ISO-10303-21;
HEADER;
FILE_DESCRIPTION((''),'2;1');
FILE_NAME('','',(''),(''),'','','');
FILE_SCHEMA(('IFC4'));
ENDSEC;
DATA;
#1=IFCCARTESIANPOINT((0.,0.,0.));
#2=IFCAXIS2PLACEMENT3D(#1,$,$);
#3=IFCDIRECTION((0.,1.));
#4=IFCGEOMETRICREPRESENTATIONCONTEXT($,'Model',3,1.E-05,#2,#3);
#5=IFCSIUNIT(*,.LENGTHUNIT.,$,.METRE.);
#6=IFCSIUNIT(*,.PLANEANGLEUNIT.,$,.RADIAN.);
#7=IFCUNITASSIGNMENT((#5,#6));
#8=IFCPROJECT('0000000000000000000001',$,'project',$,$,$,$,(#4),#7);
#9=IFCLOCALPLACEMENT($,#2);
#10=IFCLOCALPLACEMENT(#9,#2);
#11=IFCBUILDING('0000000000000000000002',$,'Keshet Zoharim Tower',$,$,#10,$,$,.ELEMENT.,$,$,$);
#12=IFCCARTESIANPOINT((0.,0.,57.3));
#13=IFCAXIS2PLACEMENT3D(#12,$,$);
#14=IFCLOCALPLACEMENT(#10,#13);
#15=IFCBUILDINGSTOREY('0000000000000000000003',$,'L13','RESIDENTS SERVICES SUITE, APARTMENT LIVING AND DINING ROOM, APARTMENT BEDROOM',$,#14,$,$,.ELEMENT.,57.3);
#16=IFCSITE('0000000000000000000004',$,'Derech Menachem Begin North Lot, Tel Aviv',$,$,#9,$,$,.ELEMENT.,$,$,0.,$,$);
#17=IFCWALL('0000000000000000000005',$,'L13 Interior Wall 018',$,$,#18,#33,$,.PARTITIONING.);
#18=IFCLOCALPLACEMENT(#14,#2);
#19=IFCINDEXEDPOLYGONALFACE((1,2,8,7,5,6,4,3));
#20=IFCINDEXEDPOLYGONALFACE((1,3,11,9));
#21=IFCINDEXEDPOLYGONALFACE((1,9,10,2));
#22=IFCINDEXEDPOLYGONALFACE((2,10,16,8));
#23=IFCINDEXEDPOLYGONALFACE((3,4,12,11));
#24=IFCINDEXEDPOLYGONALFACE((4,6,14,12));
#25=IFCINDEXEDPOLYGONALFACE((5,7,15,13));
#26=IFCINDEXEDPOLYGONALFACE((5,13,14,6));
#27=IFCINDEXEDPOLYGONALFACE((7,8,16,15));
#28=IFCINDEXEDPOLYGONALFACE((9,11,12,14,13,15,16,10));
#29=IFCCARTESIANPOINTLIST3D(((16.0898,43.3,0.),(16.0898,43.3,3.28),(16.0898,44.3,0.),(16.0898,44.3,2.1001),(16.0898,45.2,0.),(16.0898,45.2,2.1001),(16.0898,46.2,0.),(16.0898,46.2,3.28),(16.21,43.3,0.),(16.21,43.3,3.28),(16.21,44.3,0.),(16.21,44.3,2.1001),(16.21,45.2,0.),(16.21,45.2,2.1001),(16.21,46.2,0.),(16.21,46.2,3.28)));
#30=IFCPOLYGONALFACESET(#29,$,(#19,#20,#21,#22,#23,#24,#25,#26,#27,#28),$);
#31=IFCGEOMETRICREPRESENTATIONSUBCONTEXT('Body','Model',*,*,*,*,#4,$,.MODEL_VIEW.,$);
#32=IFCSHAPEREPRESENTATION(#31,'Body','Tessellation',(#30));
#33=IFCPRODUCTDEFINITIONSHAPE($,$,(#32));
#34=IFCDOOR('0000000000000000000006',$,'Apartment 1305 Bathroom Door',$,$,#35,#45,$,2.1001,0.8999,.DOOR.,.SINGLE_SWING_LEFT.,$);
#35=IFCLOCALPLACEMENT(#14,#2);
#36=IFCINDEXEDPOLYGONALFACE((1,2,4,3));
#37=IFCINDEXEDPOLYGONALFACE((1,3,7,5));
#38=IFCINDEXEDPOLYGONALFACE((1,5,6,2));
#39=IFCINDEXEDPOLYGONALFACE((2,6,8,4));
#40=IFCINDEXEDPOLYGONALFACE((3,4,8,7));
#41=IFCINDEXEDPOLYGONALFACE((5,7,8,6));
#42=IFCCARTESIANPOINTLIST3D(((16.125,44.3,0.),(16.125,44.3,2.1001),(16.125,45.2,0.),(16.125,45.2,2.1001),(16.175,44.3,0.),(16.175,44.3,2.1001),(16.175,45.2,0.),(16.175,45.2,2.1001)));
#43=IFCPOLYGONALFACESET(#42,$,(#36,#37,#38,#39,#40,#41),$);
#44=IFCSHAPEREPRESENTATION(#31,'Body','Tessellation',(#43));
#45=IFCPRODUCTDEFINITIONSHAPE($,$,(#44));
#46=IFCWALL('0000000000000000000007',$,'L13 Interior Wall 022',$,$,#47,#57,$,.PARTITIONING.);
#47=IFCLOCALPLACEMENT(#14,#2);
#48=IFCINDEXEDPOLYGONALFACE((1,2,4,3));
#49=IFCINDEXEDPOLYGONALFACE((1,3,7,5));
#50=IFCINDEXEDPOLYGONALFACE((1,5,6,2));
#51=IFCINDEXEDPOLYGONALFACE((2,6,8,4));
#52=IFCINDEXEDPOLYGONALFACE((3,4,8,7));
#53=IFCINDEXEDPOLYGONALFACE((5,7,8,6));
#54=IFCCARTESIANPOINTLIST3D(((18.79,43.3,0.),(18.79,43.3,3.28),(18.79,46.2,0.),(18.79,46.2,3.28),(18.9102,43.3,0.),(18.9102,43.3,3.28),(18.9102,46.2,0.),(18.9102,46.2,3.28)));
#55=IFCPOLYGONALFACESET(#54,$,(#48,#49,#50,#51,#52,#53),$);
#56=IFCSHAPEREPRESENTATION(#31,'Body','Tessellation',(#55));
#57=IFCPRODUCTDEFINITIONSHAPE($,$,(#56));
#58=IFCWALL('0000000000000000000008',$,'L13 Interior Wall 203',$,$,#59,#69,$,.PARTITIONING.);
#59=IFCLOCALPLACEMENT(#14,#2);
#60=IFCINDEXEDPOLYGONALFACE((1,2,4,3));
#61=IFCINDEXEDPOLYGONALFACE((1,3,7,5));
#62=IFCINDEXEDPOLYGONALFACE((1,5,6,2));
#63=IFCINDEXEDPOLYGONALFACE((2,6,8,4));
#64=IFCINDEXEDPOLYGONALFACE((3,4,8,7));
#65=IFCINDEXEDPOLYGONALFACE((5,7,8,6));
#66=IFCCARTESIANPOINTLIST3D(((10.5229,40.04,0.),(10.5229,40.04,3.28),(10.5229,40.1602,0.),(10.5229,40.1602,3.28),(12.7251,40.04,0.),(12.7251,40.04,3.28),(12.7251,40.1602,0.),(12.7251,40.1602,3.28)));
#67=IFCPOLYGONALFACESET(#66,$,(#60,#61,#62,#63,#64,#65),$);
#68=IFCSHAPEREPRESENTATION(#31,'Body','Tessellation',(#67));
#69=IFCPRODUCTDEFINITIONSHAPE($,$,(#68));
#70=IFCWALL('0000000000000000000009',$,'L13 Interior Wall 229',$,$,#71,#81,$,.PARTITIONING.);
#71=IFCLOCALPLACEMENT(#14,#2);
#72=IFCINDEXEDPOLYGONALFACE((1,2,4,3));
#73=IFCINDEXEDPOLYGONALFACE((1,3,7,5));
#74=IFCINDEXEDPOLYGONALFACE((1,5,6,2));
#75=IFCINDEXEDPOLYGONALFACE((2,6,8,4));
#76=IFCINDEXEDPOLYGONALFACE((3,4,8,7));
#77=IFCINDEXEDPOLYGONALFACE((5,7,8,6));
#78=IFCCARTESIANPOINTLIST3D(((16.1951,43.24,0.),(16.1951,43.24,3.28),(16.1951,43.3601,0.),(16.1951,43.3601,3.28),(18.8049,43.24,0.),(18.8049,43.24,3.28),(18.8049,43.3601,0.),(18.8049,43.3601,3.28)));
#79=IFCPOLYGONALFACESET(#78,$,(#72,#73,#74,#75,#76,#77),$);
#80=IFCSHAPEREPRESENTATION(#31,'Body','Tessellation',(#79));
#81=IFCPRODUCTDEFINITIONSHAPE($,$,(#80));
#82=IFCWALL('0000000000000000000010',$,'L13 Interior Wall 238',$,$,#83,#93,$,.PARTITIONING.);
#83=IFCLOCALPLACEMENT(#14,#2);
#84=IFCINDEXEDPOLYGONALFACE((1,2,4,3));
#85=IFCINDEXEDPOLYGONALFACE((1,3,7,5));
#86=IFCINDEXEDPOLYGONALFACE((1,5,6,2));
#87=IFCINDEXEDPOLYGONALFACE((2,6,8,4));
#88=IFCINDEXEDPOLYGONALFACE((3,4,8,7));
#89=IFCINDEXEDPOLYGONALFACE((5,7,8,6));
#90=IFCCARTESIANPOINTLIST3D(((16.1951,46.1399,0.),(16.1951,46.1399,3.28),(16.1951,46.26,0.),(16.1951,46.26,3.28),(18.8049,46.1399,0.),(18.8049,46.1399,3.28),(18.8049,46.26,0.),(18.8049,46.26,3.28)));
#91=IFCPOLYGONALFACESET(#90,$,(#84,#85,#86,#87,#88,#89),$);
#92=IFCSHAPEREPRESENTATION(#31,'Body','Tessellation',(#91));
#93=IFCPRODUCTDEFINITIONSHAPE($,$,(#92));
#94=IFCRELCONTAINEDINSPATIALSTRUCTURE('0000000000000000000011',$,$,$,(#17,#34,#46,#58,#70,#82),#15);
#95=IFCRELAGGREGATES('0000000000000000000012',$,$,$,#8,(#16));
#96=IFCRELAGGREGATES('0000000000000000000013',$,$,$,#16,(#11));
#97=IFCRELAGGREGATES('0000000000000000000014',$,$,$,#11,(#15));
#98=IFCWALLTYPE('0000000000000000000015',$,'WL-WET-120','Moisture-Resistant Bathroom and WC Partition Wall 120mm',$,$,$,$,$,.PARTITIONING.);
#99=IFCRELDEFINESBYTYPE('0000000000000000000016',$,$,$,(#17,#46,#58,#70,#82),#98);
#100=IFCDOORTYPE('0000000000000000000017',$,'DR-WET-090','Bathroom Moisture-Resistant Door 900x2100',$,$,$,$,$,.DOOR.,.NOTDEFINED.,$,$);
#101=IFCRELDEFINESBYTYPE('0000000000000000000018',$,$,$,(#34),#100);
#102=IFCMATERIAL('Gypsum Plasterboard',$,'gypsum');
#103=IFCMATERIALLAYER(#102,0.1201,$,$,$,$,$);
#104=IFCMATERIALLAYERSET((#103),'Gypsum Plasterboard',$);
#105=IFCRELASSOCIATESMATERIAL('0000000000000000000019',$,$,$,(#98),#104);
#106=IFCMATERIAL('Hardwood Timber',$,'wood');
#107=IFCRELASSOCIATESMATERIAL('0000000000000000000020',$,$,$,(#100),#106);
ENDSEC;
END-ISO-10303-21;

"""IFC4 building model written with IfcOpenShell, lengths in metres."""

from ifc_helpers import new_model, si_unit, direction, frame, frame_2d, origin, place, context, subcontext, project, spatial, rectangle, extrude, material, layer, layer_set, type_object, element, fill, save


model = new_model("IFC4")

# Units and contexts
model_context = context("Model", 3, precision=1e-05, world=origin(), true_north=direction((0.0, 1.0)))
body_context = subcontext(model_context, "Body", "Model", "MODEL_VIEW")
ifc_project = project(units=[si_unit("LENGTHUNIT", "METRE"), si_unit("PLANEANGLEUNIT", "RADIAN")], contexts=[model_context])

# Site, building, storey
site_placement = place(None, origin())
site = spatial("IfcSite", under=ifc_project, at=site_placement, Name="Derech Menachem Begin North Lot, Tel Aviv", CompositionType="ELEMENT", RefElevation=0.0)
building_placement = place(site_placement, origin())
building = spatial("IfcBuilding", under=site, at=building_placement, Name="Keshet Zoharim Tower", CompositionType="ELEMENT")
storey_placement = place(building_placement, frame((0.0, 0.0, 57.3)))
storey = spatial("IfcBuildingStorey", under=building, at=storey_placement, Name="L13", Description="RESIDENTS SERVICES SUITE, APARTMENT LIVING AND DINING ROOM, APARTMENT BEDROOM", CompositionType="ELEMENT", Elevation=57.3)

# Shared definitions
ifc_material_1 = material(Name="Gypsum Plasterboard", Category="gypsum")
ifc_material_2 = material(Name="Hardwood Timber", Category="wood")

# Wall, opening, door
ifc_layer_1 = layer(ifc_material_1, 0.1201)
ifc_layer_set_1 = layer_set([ifc_layer_1], Name="Gypsum Plasterboard")
wall_type_1 = type_object("IfcWallType", Name="WL-WET-120", Description="Moisture-Resistant Bathroom and WC Partition Wall 120mm", PredefinedType="PARTITIONING", material=ifc_layer_set_1)
wall_1_placement = place(storey_placement, frame((16.1499, 43.3, 0.0), z_axis=(0.0, 0.0, 1.0), x_axis=(0.0, 1.0, 0.0)))
wall_1 = element("IfcWall", 1, at=wall_1_placement, inside=storey, type_object=wall_type_1, Name="L13 Interior Wall 018", PredefinedType="PARTITIONING", context=body_context, shape_type="SweptSolid", body=[
    extrude(rectangle(XDim=2.8999, YDim=0.1201, at=frame_2d((1.45, 0.0))), origin(), (0.0, 0.0, 1.0), 3.28),
])
opening_1_placement = place(wall_1_placement, frame((1.0, 0.0, 0.0)))
opening_1 = element("IfcOpeningElement", 2, at=opening_1_placement, cuts=wall_1, PredefinedType="OPENING", context=body_context, shape_type="SweptSolid", body=[
    extrude(rectangle(XDim=0.8999, YDim=2.1001, at=frame_2d((0.45, 1.05))), frame((0.0, 0.0701, 0.0), z_axis=(0.0, -1.0, 0.0), x_axis=(1.0, 0.0, 0.0)), (0.0, 0.0, 1.0), 0.1401),
])
door_type_1 = type_object("IfcDoorType", Name="DR-WET-090", Description="Bathroom Moisture-Resistant Door 900x2100", OperationType="NOTDEFINED", PredefinedType="DOOR", material=ifc_material_2)
door_1_placement = place(opening_1_placement, origin())
door_1 = element("IfcDoor", 3, at=door_1_placement, inside=storey, type_object=door_type_1, Name="Apartment 1305 Bathroom Door", OperationType="SINGLE_SWING_LEFT", OverallHeight=2.1001, OverallWidth=0.8999, PredefinedType="DOOR", context=body_context, shape_type="SweptSolid", body=[
    extrude(rectangle(XDim=0.8999, YDim=2.1001, at=frame_2d((0.45, 1.05))), frame((0.0, 0.0249, 0.0), z_axis=(0.0, -1.0, 0.0), x_axis=(1.0, 0.0, 0.0)), (0.0, 0.0, 1.0), 0.05),
])
fill(opening_1, door_1)

# Walls
wall_2_placement = place(storey_placement, frame((18.8501, 43.3, 0.0), z_axis=(0.0, 0.0, 1.0), x_axis=(0.0, 1.0, 0.0)))
element("IfcWall", 4, at=wall_2_placement, inside=storey, type_object=wall_type_1, Name="L13 Interior Wall 022", PredefinedType="PARTITIONING", context=body_context, shape_type="SweptSolid", body=[
    extrude(rectangle(XDim=2.8999, YDim=0.1201, at=frame_2d((1.45, 0.0))), origin(), (0.0, 0.0, 1.0), 3.28),
])
wall_3_placement = place(storey_placement, frame((10.5229, 40.1001, 0.0), z_axis=(0.0, 0.0, 1.0), x_axis=(1.0, 0.0, 0.0)))
element("IfcWall", 5, at=wall_3_placement, inside=storey, type_object=wall_type_1, Name="L13 Interior Wall 203", PredefinedType="PARTITIONING", context=body_context, shape_type="SweptSolid", body=[
    extrude(rectangle(XDim=2.2021, YDim=0.1201, at=frame_2d((1.1011, 0.0))), origin(), (0.0, 0.0, 1.0), 3.28),
])
for number, where, z_axis, x_axis, name in (
    (6, (16.1951, 43.3, 0.0), (0.0, 0.0, 1.0), (1.0, 0.0, 0.0), "L13 Interior Wall 229"),
    (7, (16.1951, 46.2, 0.0), (0.0, 0.0, 1.0), (1.0, 0.0, 0.0), "L13 Interior Wall 238"),
):
    element("IfcWall", number, at=place(storey_placement, frame(where, z_axis=z_axis, x_axis=x_axis)), inside=storey, type_object=wall_type_1, Name=name, PredefinedType="PARTITIONING", context=body_context, shape_type="SweptSolid", body=[
        extrude(rectangle(XDim=2.6099, YDim=0.1201, at=frame_2d((1.3049, 0.0))), origin(), (0.0, 0.0, 1.0), 3.28),
    ])

save(model, "model.ifc")
